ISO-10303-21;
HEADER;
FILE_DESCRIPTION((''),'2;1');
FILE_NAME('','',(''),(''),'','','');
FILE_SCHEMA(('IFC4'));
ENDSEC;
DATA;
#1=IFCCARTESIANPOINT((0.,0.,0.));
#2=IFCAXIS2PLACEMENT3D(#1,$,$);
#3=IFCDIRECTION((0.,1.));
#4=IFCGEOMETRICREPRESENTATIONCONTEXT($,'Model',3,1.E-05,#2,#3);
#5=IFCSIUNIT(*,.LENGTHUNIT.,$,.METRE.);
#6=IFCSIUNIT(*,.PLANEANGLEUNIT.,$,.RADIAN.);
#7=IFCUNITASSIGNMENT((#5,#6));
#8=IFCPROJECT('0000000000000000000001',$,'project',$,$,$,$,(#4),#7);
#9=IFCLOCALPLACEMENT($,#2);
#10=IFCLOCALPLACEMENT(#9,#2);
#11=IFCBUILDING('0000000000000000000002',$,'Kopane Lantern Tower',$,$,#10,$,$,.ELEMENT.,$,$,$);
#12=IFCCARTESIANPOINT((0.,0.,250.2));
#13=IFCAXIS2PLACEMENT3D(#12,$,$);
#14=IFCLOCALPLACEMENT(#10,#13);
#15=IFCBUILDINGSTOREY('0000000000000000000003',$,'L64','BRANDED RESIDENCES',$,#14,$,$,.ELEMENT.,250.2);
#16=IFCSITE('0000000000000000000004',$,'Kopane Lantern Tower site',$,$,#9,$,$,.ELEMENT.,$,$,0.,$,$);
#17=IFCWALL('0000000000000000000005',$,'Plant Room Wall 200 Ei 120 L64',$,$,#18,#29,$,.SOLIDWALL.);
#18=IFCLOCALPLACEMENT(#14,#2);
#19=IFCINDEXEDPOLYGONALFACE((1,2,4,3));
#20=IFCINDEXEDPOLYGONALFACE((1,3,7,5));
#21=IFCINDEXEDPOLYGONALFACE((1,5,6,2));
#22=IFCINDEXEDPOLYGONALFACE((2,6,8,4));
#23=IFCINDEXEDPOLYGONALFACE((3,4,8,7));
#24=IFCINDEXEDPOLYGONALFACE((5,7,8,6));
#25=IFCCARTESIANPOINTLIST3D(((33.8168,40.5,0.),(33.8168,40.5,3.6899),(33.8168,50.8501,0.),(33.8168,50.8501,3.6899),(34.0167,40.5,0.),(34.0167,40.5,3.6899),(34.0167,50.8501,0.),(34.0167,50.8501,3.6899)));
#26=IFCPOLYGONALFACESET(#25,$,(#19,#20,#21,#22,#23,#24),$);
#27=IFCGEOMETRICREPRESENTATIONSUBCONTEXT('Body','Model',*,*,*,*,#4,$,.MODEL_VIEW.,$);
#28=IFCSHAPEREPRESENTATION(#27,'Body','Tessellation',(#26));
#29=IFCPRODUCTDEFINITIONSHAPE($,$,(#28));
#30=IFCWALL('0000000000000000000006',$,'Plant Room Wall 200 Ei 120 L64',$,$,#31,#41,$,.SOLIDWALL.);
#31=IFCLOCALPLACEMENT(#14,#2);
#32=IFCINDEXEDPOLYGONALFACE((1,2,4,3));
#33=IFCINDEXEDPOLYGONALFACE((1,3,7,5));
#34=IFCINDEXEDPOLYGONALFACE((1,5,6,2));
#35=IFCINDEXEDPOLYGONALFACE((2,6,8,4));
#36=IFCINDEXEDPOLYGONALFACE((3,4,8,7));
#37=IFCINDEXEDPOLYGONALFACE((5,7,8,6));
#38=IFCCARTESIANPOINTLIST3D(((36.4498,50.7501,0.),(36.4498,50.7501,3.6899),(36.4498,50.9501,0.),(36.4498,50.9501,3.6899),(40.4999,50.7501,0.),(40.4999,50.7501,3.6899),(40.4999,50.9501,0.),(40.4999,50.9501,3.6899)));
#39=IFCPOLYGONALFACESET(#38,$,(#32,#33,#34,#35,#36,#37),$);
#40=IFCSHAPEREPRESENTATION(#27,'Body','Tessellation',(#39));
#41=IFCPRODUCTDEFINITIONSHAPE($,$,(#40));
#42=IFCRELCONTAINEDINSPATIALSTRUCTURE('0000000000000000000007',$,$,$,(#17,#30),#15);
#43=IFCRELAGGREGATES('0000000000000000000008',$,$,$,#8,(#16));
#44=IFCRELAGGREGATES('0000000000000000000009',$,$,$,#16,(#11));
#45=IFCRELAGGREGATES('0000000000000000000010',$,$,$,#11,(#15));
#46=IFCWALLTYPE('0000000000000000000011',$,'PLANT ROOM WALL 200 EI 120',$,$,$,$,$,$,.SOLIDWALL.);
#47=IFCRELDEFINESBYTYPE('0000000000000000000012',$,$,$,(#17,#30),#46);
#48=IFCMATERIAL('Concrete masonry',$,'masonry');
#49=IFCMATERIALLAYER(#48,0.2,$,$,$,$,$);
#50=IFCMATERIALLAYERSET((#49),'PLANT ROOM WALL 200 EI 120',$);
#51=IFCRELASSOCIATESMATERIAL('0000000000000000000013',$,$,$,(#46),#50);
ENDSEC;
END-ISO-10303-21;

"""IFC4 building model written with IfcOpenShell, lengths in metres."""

from ifc_helpers import new_model, si_unit, direction, frame, frame_2d, origin, place, context, subcontext, project, spatial, rectangle, extrude, material, layer, layer_set, type_object, element, save


model = new_model("IFC4")

# Units and contexts
model_context = context("Model", 3, precision=1e-05, world=origin(), true_north=direction((0.0, 1.0)))
body_context = subcontext(model_context, "Body", "Model", "MODEL_VIEW")
ifc_project = project(units=[si_unit("LENGTHUNIT", "METRE"), si_unit("PLANEANGLEUNIT", "RADIAN")], contexts=[model_context])

# Site, building, storey
site_placement = place(None, origin())
site = spatial("IfcSite", under=ifc_project, at=site_placement, Name="Kopane Lantern Tower site", CompositionType="ELEMENT", RefElevation=0.0)
building_placement = place(site_placement, origin())
building = spatial("IfcBuilding", under=site, at=building_placement, Name="Kopane Lantern Tower", CompositionType="ELEMENT")
storey_placement = place(building_placement, frame((0.0, 0.0, 250.2)))
storey = spatial("IfcBuildingStorey", under=building, at=storey_placement, Name="L64", Description="BRANDED RESIDENCES", CompositionType="ELEMENT", Elevation=250.2)

# Walls
ifc_material_1 = material(Name="Concrete masonry", Category="masonry")
ifc_layer_1 = layer(ifc_material_1, 0.2)
ifc_layer_set_1 = layer_set([ifc_layer_1], Name="PLANT ROOM WALL 200 EI 120")
wall_type_1 = type_object("IfcWallType", Name="PLANT ROOM WALL 200 EI 120", PredefinedType="SOLIDWALL", material=ifc_layer_set_1)
wall_1_placement = place(storey_placement, frame((33.9167, 50.8501, 0.0), z_axis=(0.0, 0.0, 1.0), x_axis=(0.0, -1.0, 0.0)))
element("IfcWall", 1, at=wall_1_placement, inside=storey, type_object=wall_type_1, Name="Plant Room Wall 200 Ei 120 L64", PredefinedType="SOLIDWALL", context=body_context, shape_type="SweptSolid", body=[
    extrude(rectangle(XDim=10.3501, YDim=0.2, at=frame_2d((5.175, 0.0))), origin(), (0.0, 0.0, 1.0), 3.6899),
])
wall_2_placement = place(storey_placement, frame((36.45, 50.8501, 0.0), z_axis=(0.0, 0.0, 1.0), x_axis=(1.0, 0.0, 0.0)))
element("IfcWall", 2, at=wall_2_placement, inside=storey, type_object=wall_type_1, Name="Plant Room Wall 200 Ei 120 L64", PredefinedType="SOLIDWALL", context=body_context, shape_type="SweptSolid", body=[
    extrude(rectangle(XDim=4.05, YDim=0.2, at=frame_2d((2.0249, 0.0))), origin(), (0.0, 0.0, 1.0), 3.6899),
])

save(model, "model.ifc")
